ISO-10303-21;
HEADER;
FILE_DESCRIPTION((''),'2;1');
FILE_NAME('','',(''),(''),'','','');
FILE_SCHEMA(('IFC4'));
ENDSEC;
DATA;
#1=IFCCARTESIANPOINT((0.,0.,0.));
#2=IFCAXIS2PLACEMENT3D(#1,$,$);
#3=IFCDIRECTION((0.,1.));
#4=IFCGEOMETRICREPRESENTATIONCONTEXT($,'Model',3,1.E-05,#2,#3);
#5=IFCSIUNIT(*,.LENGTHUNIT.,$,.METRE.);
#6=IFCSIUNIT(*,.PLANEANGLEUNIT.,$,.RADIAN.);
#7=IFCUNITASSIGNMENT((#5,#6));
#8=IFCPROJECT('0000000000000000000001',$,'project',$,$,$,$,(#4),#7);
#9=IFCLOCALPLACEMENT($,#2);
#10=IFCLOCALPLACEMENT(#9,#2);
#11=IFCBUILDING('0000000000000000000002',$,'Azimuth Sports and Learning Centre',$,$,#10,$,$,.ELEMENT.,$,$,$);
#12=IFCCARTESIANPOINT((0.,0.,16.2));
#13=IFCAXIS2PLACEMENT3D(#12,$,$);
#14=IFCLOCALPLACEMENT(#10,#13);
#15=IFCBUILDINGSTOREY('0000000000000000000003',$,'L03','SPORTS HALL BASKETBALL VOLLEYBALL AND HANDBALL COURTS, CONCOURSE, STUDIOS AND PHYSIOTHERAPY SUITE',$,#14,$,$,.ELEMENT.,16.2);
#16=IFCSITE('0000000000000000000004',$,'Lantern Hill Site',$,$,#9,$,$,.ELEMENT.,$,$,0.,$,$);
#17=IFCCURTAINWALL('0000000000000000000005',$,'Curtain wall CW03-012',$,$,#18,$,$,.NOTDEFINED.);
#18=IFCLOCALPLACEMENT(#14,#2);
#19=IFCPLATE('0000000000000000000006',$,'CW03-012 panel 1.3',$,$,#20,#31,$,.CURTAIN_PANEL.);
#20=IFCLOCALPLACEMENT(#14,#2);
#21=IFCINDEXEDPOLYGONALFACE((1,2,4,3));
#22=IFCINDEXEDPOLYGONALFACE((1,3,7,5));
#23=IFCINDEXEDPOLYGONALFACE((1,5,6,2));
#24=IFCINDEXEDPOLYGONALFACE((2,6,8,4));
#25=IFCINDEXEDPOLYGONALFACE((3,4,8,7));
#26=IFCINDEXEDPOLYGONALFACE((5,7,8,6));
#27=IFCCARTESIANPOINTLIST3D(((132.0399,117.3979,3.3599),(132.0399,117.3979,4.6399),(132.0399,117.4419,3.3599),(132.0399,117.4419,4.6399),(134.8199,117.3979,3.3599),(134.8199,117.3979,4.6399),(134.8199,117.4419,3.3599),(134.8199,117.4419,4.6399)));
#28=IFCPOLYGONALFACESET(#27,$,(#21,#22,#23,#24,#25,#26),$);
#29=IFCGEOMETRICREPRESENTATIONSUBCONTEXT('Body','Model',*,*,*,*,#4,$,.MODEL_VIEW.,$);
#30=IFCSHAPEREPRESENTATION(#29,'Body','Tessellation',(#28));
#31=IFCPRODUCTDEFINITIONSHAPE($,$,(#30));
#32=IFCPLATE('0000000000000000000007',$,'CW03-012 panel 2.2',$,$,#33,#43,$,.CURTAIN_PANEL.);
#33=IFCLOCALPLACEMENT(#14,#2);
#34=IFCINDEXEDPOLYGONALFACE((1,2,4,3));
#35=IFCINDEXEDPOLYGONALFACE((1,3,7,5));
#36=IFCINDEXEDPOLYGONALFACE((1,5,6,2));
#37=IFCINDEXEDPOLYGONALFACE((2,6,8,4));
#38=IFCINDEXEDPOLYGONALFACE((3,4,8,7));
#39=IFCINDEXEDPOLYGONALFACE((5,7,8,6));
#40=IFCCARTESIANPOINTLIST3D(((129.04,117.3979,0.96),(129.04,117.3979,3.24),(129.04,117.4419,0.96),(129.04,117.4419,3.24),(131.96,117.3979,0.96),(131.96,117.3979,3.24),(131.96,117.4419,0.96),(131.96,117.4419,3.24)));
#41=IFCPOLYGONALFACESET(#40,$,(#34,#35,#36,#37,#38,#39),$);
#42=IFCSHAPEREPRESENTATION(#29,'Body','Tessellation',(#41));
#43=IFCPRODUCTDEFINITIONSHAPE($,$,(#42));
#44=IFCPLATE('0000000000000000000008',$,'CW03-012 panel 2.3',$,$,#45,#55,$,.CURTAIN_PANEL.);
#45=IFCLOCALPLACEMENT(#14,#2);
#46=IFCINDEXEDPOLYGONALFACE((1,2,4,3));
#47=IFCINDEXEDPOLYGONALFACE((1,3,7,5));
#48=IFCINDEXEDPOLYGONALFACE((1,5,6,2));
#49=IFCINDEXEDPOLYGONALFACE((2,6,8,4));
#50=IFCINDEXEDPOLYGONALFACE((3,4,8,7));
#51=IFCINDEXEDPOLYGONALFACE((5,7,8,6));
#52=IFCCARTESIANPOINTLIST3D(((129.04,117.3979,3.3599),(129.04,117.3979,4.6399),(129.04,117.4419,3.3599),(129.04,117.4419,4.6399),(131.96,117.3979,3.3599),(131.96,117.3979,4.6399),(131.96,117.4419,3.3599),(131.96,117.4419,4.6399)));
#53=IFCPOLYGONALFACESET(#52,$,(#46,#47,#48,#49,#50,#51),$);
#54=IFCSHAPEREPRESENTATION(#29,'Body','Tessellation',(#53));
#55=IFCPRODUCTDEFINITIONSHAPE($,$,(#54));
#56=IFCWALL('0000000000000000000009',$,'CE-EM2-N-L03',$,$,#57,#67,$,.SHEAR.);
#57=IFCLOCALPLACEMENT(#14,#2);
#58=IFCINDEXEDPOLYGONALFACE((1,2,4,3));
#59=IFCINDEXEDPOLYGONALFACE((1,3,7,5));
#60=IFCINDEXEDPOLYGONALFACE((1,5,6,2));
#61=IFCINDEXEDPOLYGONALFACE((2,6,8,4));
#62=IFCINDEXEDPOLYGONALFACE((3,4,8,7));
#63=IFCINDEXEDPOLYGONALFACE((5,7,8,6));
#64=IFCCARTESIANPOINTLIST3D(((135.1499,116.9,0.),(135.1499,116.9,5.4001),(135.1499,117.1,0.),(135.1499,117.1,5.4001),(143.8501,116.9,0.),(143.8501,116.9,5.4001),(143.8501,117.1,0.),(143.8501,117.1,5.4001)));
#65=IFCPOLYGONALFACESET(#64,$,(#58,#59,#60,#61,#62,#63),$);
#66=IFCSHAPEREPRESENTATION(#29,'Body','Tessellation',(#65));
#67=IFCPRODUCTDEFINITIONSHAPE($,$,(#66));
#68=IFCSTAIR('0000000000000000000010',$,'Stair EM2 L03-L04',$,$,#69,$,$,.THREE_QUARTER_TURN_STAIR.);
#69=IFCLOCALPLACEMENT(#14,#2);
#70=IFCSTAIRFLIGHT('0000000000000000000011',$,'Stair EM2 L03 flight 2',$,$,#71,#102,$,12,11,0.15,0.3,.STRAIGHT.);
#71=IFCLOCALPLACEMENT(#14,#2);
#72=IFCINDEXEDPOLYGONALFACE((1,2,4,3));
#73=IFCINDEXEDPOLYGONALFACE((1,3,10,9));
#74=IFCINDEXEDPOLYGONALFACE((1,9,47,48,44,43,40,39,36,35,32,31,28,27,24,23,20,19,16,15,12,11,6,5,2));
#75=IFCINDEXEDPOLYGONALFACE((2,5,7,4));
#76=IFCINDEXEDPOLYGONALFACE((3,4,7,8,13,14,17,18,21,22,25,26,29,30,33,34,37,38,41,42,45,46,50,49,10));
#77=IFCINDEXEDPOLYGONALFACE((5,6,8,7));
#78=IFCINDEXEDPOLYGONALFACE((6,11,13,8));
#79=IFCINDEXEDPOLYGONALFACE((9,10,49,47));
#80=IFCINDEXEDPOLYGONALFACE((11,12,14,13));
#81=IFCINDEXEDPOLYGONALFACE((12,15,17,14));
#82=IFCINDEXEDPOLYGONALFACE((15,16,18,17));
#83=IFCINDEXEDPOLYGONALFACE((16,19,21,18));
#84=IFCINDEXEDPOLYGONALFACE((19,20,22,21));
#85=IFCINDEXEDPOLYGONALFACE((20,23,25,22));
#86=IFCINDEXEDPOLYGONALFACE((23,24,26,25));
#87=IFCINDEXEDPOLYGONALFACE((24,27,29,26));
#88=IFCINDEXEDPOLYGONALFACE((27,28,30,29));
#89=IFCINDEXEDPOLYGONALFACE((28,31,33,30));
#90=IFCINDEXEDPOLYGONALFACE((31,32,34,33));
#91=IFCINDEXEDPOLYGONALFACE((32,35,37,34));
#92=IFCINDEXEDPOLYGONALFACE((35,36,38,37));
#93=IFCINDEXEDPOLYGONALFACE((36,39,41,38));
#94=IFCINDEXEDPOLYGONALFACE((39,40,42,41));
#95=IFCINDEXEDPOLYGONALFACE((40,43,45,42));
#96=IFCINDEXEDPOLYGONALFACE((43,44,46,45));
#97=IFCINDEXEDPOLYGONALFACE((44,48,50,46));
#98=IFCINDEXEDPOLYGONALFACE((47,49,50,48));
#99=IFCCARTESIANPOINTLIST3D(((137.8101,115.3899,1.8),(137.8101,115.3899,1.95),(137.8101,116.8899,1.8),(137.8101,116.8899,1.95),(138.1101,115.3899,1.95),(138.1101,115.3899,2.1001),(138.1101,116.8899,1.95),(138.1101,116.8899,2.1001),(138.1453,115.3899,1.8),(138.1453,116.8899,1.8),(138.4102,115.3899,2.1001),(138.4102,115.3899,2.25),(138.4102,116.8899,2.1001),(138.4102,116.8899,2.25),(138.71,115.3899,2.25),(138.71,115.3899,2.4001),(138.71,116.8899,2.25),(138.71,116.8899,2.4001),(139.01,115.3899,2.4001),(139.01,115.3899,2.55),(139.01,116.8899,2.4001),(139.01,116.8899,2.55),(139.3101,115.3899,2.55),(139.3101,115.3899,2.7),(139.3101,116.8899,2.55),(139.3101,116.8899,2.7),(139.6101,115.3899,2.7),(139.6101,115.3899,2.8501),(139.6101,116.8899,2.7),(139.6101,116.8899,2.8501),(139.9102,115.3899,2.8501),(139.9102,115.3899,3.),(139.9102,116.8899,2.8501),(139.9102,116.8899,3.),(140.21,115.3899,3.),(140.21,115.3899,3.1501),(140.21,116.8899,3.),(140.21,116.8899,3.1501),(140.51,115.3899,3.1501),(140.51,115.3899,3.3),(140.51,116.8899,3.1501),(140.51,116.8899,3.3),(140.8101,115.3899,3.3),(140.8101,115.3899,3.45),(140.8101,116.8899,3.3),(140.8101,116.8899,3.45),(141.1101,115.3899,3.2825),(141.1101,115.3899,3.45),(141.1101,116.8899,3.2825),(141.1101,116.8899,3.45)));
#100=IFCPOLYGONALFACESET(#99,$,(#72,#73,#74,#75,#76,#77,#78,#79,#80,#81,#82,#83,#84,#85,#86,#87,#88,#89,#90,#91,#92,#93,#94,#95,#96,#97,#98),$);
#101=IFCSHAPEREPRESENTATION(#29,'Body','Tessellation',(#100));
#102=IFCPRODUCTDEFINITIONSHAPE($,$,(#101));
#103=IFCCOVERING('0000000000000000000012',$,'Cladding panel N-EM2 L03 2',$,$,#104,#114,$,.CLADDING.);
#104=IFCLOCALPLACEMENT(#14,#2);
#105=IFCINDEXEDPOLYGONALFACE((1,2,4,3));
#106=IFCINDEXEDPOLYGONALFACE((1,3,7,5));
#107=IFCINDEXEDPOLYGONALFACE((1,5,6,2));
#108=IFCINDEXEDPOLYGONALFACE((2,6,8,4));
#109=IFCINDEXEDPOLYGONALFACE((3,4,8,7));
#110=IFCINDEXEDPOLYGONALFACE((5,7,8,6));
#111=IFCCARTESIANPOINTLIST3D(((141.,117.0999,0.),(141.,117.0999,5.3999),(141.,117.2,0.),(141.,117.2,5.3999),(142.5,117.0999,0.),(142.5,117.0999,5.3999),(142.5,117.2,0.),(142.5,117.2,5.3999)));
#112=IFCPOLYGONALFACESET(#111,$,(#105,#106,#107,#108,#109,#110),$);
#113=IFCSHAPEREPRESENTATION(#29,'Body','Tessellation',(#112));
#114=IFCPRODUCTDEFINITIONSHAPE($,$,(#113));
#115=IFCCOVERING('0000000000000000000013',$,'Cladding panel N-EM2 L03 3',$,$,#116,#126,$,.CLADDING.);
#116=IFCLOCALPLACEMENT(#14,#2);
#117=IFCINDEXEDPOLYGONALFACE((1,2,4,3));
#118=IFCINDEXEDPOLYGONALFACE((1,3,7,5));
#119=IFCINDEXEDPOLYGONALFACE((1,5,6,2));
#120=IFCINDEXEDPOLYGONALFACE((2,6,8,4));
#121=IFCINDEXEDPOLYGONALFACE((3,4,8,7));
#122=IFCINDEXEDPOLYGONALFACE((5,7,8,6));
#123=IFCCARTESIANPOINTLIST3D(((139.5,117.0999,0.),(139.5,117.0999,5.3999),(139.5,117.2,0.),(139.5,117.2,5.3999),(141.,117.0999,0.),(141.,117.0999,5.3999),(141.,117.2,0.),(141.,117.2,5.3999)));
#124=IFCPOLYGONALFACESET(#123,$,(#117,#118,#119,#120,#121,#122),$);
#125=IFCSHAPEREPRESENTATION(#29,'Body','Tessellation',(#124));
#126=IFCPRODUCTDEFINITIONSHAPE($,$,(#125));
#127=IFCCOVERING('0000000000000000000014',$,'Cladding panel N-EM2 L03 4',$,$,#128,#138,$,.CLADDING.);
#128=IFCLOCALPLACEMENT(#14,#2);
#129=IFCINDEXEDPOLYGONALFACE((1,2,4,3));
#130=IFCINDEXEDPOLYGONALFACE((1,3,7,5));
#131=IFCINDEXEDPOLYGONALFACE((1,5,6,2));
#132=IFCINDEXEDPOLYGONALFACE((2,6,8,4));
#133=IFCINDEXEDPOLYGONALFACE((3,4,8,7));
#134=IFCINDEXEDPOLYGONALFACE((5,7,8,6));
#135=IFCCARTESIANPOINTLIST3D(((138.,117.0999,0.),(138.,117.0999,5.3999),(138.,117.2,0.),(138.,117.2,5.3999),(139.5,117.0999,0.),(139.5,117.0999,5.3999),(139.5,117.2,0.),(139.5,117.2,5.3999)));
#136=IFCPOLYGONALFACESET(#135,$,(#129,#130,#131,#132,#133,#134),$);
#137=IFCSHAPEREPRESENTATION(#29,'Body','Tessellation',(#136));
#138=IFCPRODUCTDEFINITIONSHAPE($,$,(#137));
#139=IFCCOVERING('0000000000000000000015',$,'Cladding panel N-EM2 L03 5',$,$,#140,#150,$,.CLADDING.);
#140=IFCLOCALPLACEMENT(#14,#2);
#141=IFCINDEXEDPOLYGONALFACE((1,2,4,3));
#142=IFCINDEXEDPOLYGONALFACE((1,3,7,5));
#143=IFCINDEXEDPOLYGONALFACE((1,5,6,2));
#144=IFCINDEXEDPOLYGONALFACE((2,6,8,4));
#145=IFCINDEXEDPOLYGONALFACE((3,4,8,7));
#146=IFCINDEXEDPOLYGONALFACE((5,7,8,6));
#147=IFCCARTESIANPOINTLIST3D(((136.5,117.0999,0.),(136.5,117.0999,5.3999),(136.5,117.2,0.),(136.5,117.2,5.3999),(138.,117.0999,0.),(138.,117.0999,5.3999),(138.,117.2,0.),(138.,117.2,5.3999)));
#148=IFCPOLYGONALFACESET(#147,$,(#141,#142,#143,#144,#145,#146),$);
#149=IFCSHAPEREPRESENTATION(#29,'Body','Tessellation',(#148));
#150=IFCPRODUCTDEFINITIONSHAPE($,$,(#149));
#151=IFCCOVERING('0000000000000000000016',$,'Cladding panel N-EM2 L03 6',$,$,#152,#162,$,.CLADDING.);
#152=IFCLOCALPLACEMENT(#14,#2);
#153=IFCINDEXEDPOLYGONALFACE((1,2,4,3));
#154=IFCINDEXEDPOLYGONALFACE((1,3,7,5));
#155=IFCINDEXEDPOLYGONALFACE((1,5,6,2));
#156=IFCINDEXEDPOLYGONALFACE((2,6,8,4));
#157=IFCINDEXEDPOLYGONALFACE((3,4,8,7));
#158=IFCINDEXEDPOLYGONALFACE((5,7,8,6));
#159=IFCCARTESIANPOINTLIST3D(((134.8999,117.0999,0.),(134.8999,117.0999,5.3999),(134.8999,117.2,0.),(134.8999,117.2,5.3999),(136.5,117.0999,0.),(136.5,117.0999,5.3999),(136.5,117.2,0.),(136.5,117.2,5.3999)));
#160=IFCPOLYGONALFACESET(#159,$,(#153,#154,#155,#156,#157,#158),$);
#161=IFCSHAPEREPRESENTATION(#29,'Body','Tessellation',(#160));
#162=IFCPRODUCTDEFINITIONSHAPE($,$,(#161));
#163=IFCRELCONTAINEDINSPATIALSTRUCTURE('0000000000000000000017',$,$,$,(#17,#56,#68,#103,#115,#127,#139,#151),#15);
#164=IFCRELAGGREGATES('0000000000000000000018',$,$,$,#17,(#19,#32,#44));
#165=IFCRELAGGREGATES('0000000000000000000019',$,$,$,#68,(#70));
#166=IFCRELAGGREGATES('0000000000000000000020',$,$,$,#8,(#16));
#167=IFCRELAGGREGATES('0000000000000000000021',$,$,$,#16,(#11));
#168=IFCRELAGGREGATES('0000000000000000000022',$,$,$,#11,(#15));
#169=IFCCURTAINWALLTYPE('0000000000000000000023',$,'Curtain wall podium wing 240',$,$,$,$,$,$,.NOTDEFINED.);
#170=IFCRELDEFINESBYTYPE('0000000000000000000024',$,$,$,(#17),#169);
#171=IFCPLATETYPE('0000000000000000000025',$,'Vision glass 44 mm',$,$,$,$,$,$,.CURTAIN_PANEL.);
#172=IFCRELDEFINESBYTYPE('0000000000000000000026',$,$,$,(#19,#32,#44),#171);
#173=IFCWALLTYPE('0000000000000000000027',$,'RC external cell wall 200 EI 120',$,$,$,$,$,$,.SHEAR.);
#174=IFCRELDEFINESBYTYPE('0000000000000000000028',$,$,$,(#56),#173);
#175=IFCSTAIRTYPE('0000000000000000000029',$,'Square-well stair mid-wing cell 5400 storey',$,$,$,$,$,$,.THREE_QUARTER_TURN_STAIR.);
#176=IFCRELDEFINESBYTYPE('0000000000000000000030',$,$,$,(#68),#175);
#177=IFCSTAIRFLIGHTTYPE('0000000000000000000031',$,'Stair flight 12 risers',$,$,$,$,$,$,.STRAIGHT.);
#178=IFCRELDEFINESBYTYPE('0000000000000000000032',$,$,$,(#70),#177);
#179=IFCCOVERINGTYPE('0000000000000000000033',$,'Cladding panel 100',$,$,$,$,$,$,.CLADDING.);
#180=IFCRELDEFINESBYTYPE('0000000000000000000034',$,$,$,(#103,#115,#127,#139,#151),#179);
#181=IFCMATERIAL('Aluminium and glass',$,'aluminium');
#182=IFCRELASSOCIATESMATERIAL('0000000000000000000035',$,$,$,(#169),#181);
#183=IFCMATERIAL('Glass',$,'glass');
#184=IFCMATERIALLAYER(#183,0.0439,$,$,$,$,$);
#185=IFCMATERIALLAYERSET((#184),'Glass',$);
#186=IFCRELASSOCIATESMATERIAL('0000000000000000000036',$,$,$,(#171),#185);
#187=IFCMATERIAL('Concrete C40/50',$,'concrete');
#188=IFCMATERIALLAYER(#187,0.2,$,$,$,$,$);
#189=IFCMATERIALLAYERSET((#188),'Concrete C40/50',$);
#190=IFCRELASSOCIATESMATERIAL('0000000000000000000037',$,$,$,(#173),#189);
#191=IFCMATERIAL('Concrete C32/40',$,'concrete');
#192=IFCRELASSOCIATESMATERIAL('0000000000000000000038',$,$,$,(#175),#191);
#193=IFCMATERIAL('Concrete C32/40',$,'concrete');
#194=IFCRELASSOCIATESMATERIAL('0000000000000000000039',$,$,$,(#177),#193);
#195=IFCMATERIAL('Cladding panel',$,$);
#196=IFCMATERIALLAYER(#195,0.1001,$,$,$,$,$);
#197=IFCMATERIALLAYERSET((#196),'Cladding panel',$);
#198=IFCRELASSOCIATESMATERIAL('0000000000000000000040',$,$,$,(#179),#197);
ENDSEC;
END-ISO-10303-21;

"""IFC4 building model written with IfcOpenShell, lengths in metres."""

from ifc_helpers import new_model, si_unit, direction, frame, frame_2d, origin, origin_2d, place, context, subcontext, project, spatial, polyline, rectangle, outline, extrude, material, layer, layer_set, type_object, element, aggregate, save


model = new_model("IFC4")

# Units and contexts
model_context = context("Model", 3, precision=1e-05, world=origin(), true_north=direction((0.0, 1.0)))
body_context = subcontext(model_context, "Body", "Model", "MODEL_VIEW")
ifc_project = project(units=[si_unit("LENGTHUNIT", "METRE"), si_unit("PLANEANGLEUNIT", "RADIAN")], contexts=[model_context])

# Site, building, storey
site_placement = place(None, origin())
site = spatial("IfcSite", under=ifc_project, at=site_placement, Name="Lantern Hill Site", CompositionType="ELEMENT", RefElevation=0.0)
building_placement = place(site_placement, origin())
building = spatial("IfcBuilding", under=site, at=building_placement, Name="Azimuth Sports and Learning Centre", CompositionType="ELEMENT")
storey_placement = place(building_placement, frame((0.0, 0.0, 16.2)))
storey = spatial("IfcBuildingStorey", under=building, at=storey_placement, Name="L03", Description="SPORTS HALL BASKETBALL VOLLEYBALL AND HANDBALL COURTS, CONCOURSE, STUDIOS AND PHYSIOTHERAPY SUITE", CompositionType="ELEMENT", Elevation=16.2)

# Curtain wall, plates
ifc_material_1 = material(Name="Aluminium and glass", Category="aluminium")
curtain_wall_type = type_object("IfcCurtainWallType", Name="Curtain wall podium wing 240", PredefinedType="NOTDEFINED", material=ifc_material_1)
curtain_wall_placement = place(storey_placement, origin())
curtain_wall = element("IfcCurtainWall", 1, at=curtain_wall_placement, inside=storey, type_object=curtain_wall_type, Name="Curtain wall CW03-012", PredefinedType="NOTDEFINED")
ifc_material_2 = material(Name="Glass", Category="glass")
ifc_layer_1 = layer(ifc_material_2, 0.0439)
ifc_layer_set_1 = layer_set([ifc_layer_1], Name="Glass")
plate_type_1 = type_object("IfcPlateType", Name="Vision glass 44 mm", PredefinedType="CURTAIN_PANEL", material=ifc_layer_set_1)
plate_1_placement = place(storey_placement, frame((133.4299, 117.4199, 3.3599), z_axis=(0.0, 0.0, 1.0), x_axis=(-1.0, 0.0, 0.0)))
plate_1 = element("IfcPlate", 2, at=plate_1_placement, type_object=plate_type_1, Name="CW03-012 panel 1.3", PredefinedType="CURTAIN_PANEL", context=body_context, shape_type="SweptSolid", body=[
    extrude(rectangle(XDim=2.78, YDim=0.0439, at=origin_2d()), origin(), (0.0, 0.0, 1.0), 1.28),
])
plate_2_placement = place(storey_placement, frame((130.5, 117.4199, 0.96), z_axis=(0.0, 0.0, 1.0), x_axis=(-1.0, 0.0, 0.0)))
plate_2 = element("IfcPlate", 3, at=plate_2_placement, type_object=plate_type_1, Name="CW03-012 panel 2.2", PredefinedType="CURTAIN_PANEL", context=body_context, shape_type="SweptSolid", body=[
    extrude(rectangle(XDim=2.9199, YDim=0.0439, at=origin_2d()), origin(), (0.0, 0.0, 1.0), 2.28),
])
plate_3_placement = place(storey_placement, frame((130.5, 117.4199, 3.3599), z_axis=(0.0, 0.0, 1.0), x_axis=(-1.0, 0.0, 0.0)))
plate_3 = element("IfcPlate", 4, at=plate_3_placement, type_object=plate_type_1, Name="CW03-012 panel 2.3", PredefinedType="CURTAIN_PANEL", context=body_context, shape_type="SweptSolid", body=[
    extrude(rectangle(XDim=2.9199, YDim=0.0439, at=origin_2d()), origin(), (0.0, 0.0, 1.0), 1.28),
])
aggregate(curtain_wall, [plate_1, plate_2, plate_3])

# Wall
ifc_material_3 = material(Name="Concrete C40/50", Category="concrete")
ifc_layer_2 = layer(ifc_material_3, 0.2)
ifc_layer_set_2 = layer_set([ifc_layer_2], Name="Concrete C40/50")
wall_type = type_object("IfcWallType", Name="RC external cell wall 200 EI 120", PredefinedType="SHEAR", material=ifc_layer_set_2)
wall_placement = place(storey_placement, frame((135.1499, 117.0, 0.0), z_axis=(0.0, 0.0, 1.0), x_axis=(1.0, 0.0, 0.0)))
element("IfcWall", 5, at=wall_placement, inside=storey, type_object=wall_type, Name="CE-EM2-N-L03", PredefinedType="SHEAR", context=body_context, shape_type="SweptSolid", body=[
    extrude(rectangle(XDim=8.7002, YDim=0.2, at=frame_2d((4.3501, 0.0))), origin(), (0.0, 0.0, 1.0), 5.4001),
])

# Stair, stair flight
ifc_material_4 = material(Name="Concrete C32/40", Category="concrete")
stair_type = type_object("IfcStairType", Name="Square-well stair mid-wing cell 5400 storey", PredefinedType="THREE_QUARTER_TURN_STAIR", material=ifc_material_4)
stair_placement = place(storey_placement, origin())
stair = element("IfcStair", 6, at=stair_placement, inside=storey, type_object=stair_type, Name="Stair EM2 L03-L04", PredefinedType="THREE_QUARTER_TURN_STAIR")
ifc_material_5 = material(Name="Concrete C32/40", Category="concrete")
stair_flight_type = type_object("IfcStairFlightType", Name="Stair flight 12 risers", PredefinedType="STRAIGHT", material=ifc_material_5)
stair_flight_placement = place(storey_placement, frame((137.8101, 116.1399, 1.8), z_axis=(0.0, 0.0, 1.0), x_axis=(1.0, 0.0, 0.0)))
stair_flight = element("IfcStairFlight", 7, at=stair_flight_placement, type_object=stair_flight_type, Name="Stair EM2 L03 flight 2", NumberOfRisers=12, NumberOfTreads=11, PredefinedType="STRAIGHT", RiserHeight=0.15, TreadLength=0.3, context=body_context, shape_type="SweptSolid", body=[
    extrude(outline(polyline([(0.0, 0.0), (0.0, 0.1499), (0.3, 0.1499), (0.3, 0.3), (0.6001, 0.3), (0.6001, 0.45), (0.8999, 0.45), (0.8999, 0.6001), (1.2, 0.6001), (1.2, 0.75), (1.5, 0.75), (1.5, 0.8999), (1.8, 0.8999), (1.8, 1.05), (2.1001, 1.05), (2.1001, 1.2), (2.3999, 1.2), (2.3999, 1.3501), (2.7, 1.3501), (2.7, 1.5), (3.0, 1.5), (3.0, 1.6499), (3.3, 1.6499), (3.3, 1.8), (3.3, 1.4824), (0.3352, 0.0), (0.0, 0.0)])), frame((0.0, 0.75, 0.0), z_axis=(0.0, -1.0, 0.0), x_axis=(1.0, 0.0, 0.0)), (0.0, 0.0, 1.0), 1.5),
])
aggregate(stair, [stair_flight])

# Coverings
ifc_material_6 = material(Name="Cladding panel")
ifc_layer_3 = layer(ifc_material_6, 0.1001)
ifc_layer_set_3 = layer_set([ifc_layer_3], Name="Cladding panel")
covering_type = type_object("IfcCoveringType", Name="Cladding panel 100", PredefinedType="CLADDING", material=ifc_layer_set_3)
for number, where, z_axis, x_axis, name in (
    (8, (141.75, 117.1499, 0.0), (0.0, 0.0, 1.0), (-1.0, 0.0, 0.0), "Cladding panel N-EM2 L03 2"),
    (9, (140.25, 117.1499, 0.0), (0.0, 0.0, 1.0), (-1.0, 0.0, 0.0), "Cladding panel N-EM2 L03 3"),
    (10, (138.75, 117.1499, 0.0), (0.0, 0.0, 1.0), (-1.0, 0.0, 0.0), "Cladding panel N-EM2 L03 4"),
    (11, (137.25, 117.1499, 0.0), (0.0, 0.0, 1.0), (-1.0, 0.0, 0.0), "Cladding panel N-EM2 L03 5"),
):
    element("IfcCovering", number, at=place(storey_placement, frame(where, z_axis=z_axis, x_axis=x_axis)), inside=storey, type_object=covering_type, Name=name, PredefinedType="CLADDING", context=body_context, shape_type="SweptSolid", body=[
        extrude(rectangle(XDim=1.5, YDim=0.1001, at=origin_2d()), origin(), (0.0, 0.0, 1.0), 5.3999),
    ])
covering_placement = place(storey_placement, frame((135.7, 117.1499, 0.0), z_axis=(0.0, 0.0, 1.0), x_axis=(-1.0, 0.0, 0.0)))
element("IfcCovering", 12, at=covering_placement, inside=storey, type_object=covering_type, Name="Cladding panel N-EM2 L03 6", PredefinedType="CLADDING", context=body_context, shape_type="SweptSolid", body=[
    extrude(rectangle(XDim=1.6001, YDim=0.1001, at=origin_2d()), origin(), (0.0, 0.0, 1.0), 5.3999),
])

save(model, "model.ifc")
